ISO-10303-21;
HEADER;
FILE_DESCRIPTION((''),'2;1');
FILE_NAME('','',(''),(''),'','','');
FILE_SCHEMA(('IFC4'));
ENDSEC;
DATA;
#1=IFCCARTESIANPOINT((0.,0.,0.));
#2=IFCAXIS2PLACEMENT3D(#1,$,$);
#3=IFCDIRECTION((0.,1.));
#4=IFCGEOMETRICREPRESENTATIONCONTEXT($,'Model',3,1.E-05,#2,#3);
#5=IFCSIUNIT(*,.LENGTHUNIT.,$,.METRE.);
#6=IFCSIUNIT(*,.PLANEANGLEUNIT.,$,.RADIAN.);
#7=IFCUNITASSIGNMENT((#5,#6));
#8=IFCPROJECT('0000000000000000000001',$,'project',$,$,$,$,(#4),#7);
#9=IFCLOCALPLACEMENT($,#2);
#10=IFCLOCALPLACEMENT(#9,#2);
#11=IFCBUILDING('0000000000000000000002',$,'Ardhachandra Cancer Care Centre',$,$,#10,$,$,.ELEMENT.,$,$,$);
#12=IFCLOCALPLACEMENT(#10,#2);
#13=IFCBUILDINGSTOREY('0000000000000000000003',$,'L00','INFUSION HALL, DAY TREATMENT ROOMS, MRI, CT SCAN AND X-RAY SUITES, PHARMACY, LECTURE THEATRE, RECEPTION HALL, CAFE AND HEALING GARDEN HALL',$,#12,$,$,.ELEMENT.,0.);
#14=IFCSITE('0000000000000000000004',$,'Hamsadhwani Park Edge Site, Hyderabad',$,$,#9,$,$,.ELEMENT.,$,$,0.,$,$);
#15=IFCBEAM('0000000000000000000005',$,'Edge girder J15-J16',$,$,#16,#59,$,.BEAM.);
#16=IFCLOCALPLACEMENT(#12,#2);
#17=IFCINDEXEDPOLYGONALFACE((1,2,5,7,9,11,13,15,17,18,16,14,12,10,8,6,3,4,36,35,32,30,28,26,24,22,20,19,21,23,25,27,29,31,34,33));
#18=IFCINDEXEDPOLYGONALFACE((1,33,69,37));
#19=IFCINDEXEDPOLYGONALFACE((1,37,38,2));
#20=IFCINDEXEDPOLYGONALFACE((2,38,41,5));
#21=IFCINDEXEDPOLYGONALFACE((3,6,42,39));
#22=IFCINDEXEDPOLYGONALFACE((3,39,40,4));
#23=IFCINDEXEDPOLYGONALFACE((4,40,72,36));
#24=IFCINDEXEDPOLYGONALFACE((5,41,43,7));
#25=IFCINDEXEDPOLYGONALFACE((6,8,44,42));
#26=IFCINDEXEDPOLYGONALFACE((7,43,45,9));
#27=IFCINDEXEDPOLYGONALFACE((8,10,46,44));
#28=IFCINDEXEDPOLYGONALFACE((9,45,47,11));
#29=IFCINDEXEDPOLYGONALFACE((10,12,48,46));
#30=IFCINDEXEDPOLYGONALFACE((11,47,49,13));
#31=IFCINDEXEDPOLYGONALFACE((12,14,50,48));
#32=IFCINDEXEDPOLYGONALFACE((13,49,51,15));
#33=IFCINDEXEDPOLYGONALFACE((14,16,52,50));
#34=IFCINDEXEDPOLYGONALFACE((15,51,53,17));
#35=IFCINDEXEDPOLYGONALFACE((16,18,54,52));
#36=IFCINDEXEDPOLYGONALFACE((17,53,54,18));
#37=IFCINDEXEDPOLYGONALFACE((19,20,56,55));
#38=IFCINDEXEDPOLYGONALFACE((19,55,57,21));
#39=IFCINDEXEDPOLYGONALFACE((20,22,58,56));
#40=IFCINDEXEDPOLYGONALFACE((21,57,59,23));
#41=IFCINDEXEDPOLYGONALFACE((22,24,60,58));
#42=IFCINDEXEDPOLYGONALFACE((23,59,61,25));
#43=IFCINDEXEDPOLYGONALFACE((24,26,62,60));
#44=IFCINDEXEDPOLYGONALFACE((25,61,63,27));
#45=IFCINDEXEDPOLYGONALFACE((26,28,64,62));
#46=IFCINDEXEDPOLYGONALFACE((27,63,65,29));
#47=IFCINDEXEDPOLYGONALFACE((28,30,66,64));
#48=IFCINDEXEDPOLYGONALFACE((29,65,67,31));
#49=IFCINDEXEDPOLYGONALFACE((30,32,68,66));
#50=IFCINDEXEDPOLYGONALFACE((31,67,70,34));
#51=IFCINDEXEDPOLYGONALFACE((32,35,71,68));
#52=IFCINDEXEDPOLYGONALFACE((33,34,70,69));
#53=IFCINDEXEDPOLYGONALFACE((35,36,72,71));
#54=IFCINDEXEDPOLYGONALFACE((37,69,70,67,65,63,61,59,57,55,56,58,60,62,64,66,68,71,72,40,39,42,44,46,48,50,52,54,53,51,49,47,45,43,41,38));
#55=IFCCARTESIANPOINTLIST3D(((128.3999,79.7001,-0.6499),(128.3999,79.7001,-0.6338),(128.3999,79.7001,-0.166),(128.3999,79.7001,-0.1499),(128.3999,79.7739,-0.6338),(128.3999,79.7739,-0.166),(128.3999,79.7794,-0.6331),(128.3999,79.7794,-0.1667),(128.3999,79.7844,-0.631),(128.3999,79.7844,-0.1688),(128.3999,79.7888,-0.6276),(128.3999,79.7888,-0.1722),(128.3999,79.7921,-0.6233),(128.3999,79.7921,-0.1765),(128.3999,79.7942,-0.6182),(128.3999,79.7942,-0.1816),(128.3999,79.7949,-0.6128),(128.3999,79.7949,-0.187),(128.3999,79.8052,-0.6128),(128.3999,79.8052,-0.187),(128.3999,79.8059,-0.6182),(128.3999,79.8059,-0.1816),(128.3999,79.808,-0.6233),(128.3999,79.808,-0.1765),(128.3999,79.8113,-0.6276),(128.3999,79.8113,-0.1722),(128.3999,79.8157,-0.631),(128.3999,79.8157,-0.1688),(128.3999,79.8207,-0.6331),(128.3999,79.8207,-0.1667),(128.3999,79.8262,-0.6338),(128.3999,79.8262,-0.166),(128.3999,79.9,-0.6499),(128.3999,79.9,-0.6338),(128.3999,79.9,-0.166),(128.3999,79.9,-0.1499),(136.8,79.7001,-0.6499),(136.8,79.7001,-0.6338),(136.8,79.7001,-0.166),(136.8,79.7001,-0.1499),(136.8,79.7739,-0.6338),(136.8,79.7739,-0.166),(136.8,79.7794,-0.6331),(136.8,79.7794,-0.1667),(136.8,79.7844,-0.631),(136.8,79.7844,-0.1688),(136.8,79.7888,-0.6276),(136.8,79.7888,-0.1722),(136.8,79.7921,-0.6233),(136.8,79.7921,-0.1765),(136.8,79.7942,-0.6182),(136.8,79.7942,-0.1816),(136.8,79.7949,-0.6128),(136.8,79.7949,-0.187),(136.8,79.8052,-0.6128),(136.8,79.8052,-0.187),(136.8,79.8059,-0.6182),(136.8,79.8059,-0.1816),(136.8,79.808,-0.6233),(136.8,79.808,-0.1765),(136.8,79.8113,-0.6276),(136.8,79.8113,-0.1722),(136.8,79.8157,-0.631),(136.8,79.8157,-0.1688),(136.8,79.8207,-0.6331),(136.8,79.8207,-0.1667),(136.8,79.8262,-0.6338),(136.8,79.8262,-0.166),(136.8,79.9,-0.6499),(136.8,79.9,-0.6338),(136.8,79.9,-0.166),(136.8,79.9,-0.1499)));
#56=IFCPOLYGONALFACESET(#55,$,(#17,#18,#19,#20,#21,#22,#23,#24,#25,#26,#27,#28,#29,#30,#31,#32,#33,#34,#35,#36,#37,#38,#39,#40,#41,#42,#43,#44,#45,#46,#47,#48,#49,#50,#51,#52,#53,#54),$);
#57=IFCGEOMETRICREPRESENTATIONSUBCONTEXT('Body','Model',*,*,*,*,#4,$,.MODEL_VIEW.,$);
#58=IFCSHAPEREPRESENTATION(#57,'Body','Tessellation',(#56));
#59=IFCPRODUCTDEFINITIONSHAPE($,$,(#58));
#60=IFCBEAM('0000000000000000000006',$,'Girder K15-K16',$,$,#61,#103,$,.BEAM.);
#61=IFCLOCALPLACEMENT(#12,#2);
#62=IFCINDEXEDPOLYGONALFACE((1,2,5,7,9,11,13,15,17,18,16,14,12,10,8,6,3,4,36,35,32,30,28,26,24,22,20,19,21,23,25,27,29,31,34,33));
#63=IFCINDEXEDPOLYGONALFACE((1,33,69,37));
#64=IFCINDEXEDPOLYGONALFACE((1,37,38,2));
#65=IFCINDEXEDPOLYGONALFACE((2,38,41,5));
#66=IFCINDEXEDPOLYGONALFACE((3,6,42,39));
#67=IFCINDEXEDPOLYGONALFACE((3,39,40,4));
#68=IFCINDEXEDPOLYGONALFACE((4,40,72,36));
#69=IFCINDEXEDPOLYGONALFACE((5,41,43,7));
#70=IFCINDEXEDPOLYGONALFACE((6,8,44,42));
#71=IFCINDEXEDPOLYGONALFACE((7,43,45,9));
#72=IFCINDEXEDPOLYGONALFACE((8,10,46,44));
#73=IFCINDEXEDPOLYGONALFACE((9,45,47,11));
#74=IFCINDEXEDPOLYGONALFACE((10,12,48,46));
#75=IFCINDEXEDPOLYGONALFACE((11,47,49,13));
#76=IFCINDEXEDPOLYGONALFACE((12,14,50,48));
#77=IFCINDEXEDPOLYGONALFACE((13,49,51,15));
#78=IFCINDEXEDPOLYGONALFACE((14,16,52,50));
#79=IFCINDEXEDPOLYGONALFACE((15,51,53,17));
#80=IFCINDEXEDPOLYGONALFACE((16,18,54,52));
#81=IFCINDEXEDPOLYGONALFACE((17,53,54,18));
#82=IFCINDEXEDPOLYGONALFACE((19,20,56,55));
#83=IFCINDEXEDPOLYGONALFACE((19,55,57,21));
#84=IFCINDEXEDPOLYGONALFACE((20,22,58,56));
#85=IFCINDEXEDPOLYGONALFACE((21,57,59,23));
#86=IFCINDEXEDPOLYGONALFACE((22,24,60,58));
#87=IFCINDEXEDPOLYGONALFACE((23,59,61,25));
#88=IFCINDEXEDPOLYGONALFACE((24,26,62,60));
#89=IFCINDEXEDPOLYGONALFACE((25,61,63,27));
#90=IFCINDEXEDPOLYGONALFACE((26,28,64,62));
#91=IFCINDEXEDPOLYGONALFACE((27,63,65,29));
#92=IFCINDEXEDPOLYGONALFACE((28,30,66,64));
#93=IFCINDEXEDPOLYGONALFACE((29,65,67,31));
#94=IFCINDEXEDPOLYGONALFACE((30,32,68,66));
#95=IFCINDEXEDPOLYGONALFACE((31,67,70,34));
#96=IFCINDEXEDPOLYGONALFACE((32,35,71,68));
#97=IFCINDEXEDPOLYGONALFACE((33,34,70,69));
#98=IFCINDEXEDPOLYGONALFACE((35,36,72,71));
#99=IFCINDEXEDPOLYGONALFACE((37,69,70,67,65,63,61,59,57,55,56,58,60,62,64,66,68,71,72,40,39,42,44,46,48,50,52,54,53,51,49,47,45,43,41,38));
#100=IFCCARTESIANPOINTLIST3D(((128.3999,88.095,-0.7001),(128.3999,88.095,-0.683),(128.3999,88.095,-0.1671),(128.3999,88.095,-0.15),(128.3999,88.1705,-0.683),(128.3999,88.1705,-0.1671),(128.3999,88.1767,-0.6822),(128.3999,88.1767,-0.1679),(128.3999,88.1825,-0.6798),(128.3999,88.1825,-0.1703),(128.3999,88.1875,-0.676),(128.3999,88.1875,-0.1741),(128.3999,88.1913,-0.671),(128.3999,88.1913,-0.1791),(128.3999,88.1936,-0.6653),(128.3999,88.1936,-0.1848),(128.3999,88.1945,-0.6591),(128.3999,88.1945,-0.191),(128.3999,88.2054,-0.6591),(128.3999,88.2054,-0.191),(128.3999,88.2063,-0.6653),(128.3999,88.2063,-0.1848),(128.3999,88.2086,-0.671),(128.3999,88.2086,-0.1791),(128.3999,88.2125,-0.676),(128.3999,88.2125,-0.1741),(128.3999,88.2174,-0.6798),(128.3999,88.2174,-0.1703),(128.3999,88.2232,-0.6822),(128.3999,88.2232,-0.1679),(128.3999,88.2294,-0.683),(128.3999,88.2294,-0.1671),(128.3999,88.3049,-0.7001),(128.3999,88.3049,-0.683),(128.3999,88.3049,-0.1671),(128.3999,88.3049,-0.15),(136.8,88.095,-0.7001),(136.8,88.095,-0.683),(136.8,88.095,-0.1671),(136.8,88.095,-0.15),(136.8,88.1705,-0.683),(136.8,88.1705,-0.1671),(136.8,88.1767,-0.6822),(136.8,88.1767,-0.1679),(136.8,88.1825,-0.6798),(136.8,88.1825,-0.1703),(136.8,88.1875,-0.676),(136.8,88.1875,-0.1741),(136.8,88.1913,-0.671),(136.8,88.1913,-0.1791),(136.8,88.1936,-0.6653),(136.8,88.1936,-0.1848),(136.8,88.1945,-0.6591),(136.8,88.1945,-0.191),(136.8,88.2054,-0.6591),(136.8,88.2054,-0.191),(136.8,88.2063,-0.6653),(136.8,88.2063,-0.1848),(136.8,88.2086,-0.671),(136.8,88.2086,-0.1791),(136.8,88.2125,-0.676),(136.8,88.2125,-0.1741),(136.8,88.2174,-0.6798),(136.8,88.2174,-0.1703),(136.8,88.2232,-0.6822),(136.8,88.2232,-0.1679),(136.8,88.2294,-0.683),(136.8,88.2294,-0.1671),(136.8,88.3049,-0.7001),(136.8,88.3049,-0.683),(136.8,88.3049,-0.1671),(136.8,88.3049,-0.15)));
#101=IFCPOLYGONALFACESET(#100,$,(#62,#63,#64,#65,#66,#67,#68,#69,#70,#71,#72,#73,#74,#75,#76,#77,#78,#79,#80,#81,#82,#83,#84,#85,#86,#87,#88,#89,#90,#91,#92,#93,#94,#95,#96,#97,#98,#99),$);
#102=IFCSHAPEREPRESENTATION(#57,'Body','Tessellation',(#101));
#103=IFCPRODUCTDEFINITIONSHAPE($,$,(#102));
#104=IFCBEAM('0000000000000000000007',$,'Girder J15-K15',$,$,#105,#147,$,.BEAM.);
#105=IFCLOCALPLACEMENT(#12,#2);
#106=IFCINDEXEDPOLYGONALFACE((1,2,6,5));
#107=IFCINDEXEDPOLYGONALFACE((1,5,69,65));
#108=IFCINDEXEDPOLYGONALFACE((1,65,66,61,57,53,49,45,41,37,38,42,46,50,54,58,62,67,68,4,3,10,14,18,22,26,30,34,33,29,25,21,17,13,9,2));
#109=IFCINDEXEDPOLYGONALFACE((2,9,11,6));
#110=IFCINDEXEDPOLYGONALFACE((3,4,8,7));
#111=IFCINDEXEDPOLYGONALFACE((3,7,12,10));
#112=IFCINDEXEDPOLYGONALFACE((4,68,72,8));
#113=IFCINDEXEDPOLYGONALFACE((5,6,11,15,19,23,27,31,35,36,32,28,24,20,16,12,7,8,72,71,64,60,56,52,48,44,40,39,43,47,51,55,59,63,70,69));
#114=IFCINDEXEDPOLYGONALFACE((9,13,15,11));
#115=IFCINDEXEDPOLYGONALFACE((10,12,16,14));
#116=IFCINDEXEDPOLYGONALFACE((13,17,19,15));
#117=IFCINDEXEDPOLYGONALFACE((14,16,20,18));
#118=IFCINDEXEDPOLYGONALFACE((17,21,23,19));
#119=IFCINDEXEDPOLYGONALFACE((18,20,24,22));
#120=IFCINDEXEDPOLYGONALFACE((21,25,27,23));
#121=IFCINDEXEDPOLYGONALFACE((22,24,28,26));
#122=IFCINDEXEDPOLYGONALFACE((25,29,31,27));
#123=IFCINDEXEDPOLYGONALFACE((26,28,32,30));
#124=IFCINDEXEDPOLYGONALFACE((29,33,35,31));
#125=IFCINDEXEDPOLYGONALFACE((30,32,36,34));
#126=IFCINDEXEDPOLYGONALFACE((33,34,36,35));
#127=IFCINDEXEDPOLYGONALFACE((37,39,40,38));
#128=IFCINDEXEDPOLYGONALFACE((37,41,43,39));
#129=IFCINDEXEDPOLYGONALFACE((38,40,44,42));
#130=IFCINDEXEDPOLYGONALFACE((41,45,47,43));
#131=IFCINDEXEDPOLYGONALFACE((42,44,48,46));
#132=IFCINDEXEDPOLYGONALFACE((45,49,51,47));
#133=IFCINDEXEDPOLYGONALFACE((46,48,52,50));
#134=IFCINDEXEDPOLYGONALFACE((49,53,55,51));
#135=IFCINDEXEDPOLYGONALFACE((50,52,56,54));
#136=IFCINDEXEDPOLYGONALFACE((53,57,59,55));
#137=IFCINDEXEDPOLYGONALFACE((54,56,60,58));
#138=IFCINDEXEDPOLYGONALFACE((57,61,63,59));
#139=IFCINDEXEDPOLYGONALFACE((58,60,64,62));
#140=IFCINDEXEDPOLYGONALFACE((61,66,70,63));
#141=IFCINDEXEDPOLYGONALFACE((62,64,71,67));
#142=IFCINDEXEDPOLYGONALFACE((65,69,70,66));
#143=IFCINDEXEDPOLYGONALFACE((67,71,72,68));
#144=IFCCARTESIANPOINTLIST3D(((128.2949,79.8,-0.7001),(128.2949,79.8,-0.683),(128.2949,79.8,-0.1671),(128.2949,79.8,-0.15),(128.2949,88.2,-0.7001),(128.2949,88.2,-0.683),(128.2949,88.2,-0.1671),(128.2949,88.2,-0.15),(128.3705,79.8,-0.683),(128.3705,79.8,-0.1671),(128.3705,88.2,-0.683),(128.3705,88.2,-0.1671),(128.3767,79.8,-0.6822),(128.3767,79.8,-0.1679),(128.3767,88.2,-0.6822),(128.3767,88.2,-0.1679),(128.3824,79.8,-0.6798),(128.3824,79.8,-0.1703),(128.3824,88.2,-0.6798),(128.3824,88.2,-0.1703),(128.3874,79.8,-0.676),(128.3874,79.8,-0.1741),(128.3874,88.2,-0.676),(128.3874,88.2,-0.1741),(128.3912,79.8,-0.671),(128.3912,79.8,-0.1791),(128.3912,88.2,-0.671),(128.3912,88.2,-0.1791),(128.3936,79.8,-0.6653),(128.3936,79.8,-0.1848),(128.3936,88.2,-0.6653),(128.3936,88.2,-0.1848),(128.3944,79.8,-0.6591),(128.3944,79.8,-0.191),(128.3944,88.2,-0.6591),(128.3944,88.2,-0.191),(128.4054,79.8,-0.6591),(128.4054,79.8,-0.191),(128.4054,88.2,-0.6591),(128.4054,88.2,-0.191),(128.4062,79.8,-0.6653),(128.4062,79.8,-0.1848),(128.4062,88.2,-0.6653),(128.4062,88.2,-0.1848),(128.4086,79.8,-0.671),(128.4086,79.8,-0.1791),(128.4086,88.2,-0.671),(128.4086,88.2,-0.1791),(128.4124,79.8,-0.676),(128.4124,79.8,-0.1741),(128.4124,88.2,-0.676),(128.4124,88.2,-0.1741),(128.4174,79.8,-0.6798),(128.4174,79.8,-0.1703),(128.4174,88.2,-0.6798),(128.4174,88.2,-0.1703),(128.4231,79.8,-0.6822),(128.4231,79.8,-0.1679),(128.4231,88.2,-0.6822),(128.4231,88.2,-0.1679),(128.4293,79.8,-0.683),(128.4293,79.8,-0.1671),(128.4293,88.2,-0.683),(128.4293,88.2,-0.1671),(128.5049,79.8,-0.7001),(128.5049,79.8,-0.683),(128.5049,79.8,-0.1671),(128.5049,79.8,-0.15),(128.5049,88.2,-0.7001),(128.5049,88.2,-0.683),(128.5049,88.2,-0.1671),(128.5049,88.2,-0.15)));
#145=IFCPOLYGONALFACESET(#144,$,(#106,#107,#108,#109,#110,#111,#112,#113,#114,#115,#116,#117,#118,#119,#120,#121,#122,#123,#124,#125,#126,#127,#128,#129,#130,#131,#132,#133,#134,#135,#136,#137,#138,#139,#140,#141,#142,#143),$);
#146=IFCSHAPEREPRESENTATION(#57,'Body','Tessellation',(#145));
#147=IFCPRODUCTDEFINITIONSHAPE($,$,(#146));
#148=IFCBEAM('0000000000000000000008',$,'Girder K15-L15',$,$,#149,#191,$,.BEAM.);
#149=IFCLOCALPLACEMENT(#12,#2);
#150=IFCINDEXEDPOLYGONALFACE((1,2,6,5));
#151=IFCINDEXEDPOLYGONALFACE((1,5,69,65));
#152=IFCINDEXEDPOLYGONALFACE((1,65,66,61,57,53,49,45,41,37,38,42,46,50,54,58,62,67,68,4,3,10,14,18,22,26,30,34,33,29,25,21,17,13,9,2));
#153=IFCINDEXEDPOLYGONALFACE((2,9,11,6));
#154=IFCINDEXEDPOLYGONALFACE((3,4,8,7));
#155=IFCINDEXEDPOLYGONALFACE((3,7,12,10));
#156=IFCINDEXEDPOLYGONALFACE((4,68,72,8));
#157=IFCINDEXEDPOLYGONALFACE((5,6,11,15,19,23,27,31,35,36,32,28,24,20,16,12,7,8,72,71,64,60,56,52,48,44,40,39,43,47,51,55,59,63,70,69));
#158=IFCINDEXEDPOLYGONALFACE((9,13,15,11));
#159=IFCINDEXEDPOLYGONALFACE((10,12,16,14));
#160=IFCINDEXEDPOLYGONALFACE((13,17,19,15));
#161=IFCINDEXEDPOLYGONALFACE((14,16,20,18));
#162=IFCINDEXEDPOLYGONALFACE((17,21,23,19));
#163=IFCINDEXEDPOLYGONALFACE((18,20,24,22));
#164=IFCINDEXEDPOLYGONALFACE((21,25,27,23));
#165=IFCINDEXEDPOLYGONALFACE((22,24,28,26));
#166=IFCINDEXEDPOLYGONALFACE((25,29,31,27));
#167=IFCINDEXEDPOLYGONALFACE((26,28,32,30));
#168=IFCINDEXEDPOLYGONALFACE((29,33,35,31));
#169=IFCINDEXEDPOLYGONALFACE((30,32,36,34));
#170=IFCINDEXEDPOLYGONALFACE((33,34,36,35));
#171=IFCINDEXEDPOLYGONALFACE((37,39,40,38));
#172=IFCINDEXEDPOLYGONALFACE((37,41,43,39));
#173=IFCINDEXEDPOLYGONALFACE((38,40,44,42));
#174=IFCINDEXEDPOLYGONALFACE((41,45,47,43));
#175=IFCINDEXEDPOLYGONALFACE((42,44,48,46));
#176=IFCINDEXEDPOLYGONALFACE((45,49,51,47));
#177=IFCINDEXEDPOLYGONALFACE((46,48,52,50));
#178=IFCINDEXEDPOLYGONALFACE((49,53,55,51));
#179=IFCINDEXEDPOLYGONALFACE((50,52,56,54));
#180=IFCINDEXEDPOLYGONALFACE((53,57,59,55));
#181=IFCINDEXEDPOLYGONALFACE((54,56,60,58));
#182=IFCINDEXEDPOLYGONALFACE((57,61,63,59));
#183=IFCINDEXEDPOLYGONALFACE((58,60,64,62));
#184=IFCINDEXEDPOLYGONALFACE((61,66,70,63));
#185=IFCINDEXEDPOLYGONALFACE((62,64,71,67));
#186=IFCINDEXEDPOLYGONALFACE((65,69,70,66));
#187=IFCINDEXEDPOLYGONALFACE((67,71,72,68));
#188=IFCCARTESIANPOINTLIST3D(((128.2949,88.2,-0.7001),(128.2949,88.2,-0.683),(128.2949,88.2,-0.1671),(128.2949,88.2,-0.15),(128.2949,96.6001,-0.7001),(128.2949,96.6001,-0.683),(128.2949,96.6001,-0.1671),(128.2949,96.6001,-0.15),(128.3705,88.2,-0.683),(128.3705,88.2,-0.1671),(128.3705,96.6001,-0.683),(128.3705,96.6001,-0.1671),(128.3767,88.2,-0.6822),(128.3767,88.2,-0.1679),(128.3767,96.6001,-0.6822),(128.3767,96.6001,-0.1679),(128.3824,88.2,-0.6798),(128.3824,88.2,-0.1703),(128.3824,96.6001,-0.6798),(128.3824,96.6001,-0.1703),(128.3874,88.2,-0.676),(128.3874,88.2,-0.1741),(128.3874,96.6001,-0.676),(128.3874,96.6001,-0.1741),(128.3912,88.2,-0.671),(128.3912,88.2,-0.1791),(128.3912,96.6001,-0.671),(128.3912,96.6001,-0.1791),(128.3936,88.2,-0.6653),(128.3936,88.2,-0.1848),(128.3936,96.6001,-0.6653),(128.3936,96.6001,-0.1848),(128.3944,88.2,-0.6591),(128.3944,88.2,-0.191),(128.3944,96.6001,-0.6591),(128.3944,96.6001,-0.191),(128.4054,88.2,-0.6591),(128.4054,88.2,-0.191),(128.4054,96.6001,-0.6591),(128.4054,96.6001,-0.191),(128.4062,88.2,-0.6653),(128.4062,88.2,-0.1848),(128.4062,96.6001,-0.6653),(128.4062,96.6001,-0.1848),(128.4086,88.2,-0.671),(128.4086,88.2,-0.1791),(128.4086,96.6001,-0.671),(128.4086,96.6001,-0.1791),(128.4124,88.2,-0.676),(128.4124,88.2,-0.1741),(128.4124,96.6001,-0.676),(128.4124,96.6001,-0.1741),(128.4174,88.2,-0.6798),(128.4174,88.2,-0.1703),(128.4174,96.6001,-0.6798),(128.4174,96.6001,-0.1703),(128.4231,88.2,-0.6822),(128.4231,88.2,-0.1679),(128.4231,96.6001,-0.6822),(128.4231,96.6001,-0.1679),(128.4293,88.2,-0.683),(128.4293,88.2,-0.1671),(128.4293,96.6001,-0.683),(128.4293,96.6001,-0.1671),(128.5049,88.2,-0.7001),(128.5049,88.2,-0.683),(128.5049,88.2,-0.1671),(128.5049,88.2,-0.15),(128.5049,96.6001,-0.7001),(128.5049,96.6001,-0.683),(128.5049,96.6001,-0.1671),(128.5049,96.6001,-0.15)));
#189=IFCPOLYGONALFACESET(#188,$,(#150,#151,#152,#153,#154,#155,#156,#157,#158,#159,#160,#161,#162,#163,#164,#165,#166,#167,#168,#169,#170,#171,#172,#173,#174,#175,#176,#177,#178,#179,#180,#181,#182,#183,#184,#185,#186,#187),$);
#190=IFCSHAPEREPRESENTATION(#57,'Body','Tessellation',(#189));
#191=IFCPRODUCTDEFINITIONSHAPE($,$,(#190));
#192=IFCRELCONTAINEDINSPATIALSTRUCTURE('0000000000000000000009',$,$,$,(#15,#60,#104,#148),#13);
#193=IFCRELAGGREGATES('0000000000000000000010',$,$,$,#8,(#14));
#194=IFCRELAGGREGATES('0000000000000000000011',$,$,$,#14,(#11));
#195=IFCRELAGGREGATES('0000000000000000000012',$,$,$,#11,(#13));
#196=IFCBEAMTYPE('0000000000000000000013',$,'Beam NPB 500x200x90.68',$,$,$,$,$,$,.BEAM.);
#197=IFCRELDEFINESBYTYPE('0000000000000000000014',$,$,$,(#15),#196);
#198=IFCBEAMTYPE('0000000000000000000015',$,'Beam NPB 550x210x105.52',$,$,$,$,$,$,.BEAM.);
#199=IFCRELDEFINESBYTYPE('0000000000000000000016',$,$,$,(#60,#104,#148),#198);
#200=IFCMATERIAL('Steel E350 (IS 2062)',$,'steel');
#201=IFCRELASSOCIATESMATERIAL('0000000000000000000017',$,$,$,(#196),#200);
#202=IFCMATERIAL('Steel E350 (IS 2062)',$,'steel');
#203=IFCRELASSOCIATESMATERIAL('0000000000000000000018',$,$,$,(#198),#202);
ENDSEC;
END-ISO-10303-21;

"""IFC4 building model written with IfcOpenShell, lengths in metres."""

from ifc_helpers import new_model, si_unit, direction, frame, origin, origin_2d, place, context, subcontext, project, spatial, i_section, extrude, material, material_profile, profile_set, type_object, element, save


model = new_model("IFC4")

# Units and contexts
model_context = context("Model", 3, precision=1e-05, world=origin(), true_north=direction((0.0, 1.0)))
body_context = subcontext(model_context, "Body", "Model", "MODEL_VIEW")
ifc_project = project(units=[si_unit("LENGTHUNIT", "METRE"), si_unit("PLANEANGLEUNIT", "RADIAN")], contexts=[model_context])

# Site, building, storey
site_placement = place(None, origin())
site = spatial("IfcSite", under=ifc_project, at=site_placement, Name="Hamsadhwani Park Edge Site, Hyderabad", CompositionType="ELEMENT", RefElevation=0.0)
building_placement = place(site_placement, origin())
building = spatial("IfcBuilding", under=site, at=building_placement, Name="Ardhachandra Cancer Care Centre", CompositionType="ELEMENT")
storey_placement = place(building_placement, origin())
storey = spatial("IfcBuildingStorey", under=building, at=storey_placement, Name="L00", Description="INFUSION HALL, DAY TREATMENT ROOMS, MRI, CT SCAN AND X-RAY SUITES, PHARMACY, LECTURE THEATRE, RECEPTION HALL, CAFE AND HEALING GARDEN HALL", CompositionType="ELEMENT", Elevation=0.0)

# Beams
ifc_material_1 = material(Name="Steel E350 (IS 2062)", Category="steel")
ifc_material_profile_1 = material_profile(ifc_material_1, i_section(OverallWidth=0.2, OverallDepth=0.5, WebThickness=0.0103, FlangeThickness=0.0161, FilletRadius=0.021, at=origin_2d()), Name="NPB 500x200x90.68")
ifc_profile_set_1 = profile_set([ifc_material_profile_1], Name="Steel E350 (IS 2062)")
beam_type_1 = type_object("IfcBeamType", Name="Beam NPB 500x200x90.68", PredefinedType="BEAM", material=ifc_profile_set_1)
beam_1_placement = place(storey_placement, frame((128.3999, 79.8, -0.3999), z_axis=(1.0, 0.0, 0.0), x_axis=(0.0, 1.0, 0.0)))
element("IfcBeam", 1, at=beam_1_placement, inside=storey, type_object=beam_type_1, Name="Edge girder J15-J16", PredefinedType="BEAM", context=body_context, shape_type="SweptSolid", body=[
    extrude(i_section(OverallWidth=0.2, OverallDepth=0.5, WebThickness=0.0103, FlangeThickness=0.0161, FilletRadius=0.021, at=origin_2d()), origin(), (0.0, 0.0, 1.0), 8.4001),
])
ifc_material_2 = material(Name="Steel E350 (IS 2062)", Category="steel")
ifc_material_profile_2 = material_profile(ifc_material_2, i_section(OverallWidth=0.21, OverallDepth=0.55, WebThickness=0.011, FlangeThickness=0.0171, FilletRadius=0.0239, at=origin_2d()), Name="NPB 550x210x105.52")
ifc_profile_set_2 = profile_set([ifc_material_profile_2], Name="Steel E350 (IS 2062)")
beam_type_2 = type_object("IfcBeamType", Name="Beam NPB 550x210x105.52", PredefinedType="BEAM", material=ifc_profile_set_2)
beam_2_placement = place(storey_placement, frame((128.3999, 88.2, -0.425), z_axis=(1.0, 0.0, 0.0), x_axis=(0.0, 1.0, 0.0)))
element("IfcBeam", 2, at=beam_2_placement, inside=storey, type_object=beam_type_2, Name="Girder K15-K16", PredefinedType="BEAM", context=body_context, shape_type="SweptSolid", body=[
    extrude(i_section(OverallWidth=0.21, OverallDepth=0.55, WebThickness=0.011, FlangeThickness=0.0171, FilletRadius=0.0239, at=origin_2d()), origin(), (0.0, 0.0, 1.0), 8.4001),
])
beam_3_placement = place(storey_placement, frame((128.3999, 79.8, -0.425), z_axis=(0.0, 1.0, 0.0), x_axis=(-1.0, 0.0, 0.0)))
element("IfcBeam", 3, at=beam_3_placement, inside=storey, type_object=beam_type_2, Name="Girder J15-K15", PredefinedType="BEAM", context=body_context, shape_type="SweptSolid", body=[
    extrude(i_section(OverallWidth=0.21, OverallDepth=0.55, WebThickness=0.011, FlangeThickness=0.0171, FilletRadius=0.0239, at=origin_2d()), origin(), (0.0, 0.0, 1.0), 8.3999),
])
for number, where, z_axis, x_axis, name in (
    (4, (128.3999, 88.2, -0.425), (0.0, 1.0, 0.0), (-1.0, 0.0, 0.0), "Girder K15-L15"),
):
    element("IfcBeam", number, at=place(storey_placement, frame(where, z_axis=z_axis, x_axis=x_axis)), inside=storey, type_object=beam_type_2, Name=name, PredefinedType="BEAM", context=body_context, shape_type="SweptSolid", body=[
        extrude(i_section(OverallWidth=0.21, OverallDepth=0.55, WebThickness=0.011, FlangeThickness=0.0171, FilletRadius=0.0239, at=origin_2d()), origin(), (0.0, 0.0, 1.0), 8.4001),
    ])

save(model, "model.ifc")
